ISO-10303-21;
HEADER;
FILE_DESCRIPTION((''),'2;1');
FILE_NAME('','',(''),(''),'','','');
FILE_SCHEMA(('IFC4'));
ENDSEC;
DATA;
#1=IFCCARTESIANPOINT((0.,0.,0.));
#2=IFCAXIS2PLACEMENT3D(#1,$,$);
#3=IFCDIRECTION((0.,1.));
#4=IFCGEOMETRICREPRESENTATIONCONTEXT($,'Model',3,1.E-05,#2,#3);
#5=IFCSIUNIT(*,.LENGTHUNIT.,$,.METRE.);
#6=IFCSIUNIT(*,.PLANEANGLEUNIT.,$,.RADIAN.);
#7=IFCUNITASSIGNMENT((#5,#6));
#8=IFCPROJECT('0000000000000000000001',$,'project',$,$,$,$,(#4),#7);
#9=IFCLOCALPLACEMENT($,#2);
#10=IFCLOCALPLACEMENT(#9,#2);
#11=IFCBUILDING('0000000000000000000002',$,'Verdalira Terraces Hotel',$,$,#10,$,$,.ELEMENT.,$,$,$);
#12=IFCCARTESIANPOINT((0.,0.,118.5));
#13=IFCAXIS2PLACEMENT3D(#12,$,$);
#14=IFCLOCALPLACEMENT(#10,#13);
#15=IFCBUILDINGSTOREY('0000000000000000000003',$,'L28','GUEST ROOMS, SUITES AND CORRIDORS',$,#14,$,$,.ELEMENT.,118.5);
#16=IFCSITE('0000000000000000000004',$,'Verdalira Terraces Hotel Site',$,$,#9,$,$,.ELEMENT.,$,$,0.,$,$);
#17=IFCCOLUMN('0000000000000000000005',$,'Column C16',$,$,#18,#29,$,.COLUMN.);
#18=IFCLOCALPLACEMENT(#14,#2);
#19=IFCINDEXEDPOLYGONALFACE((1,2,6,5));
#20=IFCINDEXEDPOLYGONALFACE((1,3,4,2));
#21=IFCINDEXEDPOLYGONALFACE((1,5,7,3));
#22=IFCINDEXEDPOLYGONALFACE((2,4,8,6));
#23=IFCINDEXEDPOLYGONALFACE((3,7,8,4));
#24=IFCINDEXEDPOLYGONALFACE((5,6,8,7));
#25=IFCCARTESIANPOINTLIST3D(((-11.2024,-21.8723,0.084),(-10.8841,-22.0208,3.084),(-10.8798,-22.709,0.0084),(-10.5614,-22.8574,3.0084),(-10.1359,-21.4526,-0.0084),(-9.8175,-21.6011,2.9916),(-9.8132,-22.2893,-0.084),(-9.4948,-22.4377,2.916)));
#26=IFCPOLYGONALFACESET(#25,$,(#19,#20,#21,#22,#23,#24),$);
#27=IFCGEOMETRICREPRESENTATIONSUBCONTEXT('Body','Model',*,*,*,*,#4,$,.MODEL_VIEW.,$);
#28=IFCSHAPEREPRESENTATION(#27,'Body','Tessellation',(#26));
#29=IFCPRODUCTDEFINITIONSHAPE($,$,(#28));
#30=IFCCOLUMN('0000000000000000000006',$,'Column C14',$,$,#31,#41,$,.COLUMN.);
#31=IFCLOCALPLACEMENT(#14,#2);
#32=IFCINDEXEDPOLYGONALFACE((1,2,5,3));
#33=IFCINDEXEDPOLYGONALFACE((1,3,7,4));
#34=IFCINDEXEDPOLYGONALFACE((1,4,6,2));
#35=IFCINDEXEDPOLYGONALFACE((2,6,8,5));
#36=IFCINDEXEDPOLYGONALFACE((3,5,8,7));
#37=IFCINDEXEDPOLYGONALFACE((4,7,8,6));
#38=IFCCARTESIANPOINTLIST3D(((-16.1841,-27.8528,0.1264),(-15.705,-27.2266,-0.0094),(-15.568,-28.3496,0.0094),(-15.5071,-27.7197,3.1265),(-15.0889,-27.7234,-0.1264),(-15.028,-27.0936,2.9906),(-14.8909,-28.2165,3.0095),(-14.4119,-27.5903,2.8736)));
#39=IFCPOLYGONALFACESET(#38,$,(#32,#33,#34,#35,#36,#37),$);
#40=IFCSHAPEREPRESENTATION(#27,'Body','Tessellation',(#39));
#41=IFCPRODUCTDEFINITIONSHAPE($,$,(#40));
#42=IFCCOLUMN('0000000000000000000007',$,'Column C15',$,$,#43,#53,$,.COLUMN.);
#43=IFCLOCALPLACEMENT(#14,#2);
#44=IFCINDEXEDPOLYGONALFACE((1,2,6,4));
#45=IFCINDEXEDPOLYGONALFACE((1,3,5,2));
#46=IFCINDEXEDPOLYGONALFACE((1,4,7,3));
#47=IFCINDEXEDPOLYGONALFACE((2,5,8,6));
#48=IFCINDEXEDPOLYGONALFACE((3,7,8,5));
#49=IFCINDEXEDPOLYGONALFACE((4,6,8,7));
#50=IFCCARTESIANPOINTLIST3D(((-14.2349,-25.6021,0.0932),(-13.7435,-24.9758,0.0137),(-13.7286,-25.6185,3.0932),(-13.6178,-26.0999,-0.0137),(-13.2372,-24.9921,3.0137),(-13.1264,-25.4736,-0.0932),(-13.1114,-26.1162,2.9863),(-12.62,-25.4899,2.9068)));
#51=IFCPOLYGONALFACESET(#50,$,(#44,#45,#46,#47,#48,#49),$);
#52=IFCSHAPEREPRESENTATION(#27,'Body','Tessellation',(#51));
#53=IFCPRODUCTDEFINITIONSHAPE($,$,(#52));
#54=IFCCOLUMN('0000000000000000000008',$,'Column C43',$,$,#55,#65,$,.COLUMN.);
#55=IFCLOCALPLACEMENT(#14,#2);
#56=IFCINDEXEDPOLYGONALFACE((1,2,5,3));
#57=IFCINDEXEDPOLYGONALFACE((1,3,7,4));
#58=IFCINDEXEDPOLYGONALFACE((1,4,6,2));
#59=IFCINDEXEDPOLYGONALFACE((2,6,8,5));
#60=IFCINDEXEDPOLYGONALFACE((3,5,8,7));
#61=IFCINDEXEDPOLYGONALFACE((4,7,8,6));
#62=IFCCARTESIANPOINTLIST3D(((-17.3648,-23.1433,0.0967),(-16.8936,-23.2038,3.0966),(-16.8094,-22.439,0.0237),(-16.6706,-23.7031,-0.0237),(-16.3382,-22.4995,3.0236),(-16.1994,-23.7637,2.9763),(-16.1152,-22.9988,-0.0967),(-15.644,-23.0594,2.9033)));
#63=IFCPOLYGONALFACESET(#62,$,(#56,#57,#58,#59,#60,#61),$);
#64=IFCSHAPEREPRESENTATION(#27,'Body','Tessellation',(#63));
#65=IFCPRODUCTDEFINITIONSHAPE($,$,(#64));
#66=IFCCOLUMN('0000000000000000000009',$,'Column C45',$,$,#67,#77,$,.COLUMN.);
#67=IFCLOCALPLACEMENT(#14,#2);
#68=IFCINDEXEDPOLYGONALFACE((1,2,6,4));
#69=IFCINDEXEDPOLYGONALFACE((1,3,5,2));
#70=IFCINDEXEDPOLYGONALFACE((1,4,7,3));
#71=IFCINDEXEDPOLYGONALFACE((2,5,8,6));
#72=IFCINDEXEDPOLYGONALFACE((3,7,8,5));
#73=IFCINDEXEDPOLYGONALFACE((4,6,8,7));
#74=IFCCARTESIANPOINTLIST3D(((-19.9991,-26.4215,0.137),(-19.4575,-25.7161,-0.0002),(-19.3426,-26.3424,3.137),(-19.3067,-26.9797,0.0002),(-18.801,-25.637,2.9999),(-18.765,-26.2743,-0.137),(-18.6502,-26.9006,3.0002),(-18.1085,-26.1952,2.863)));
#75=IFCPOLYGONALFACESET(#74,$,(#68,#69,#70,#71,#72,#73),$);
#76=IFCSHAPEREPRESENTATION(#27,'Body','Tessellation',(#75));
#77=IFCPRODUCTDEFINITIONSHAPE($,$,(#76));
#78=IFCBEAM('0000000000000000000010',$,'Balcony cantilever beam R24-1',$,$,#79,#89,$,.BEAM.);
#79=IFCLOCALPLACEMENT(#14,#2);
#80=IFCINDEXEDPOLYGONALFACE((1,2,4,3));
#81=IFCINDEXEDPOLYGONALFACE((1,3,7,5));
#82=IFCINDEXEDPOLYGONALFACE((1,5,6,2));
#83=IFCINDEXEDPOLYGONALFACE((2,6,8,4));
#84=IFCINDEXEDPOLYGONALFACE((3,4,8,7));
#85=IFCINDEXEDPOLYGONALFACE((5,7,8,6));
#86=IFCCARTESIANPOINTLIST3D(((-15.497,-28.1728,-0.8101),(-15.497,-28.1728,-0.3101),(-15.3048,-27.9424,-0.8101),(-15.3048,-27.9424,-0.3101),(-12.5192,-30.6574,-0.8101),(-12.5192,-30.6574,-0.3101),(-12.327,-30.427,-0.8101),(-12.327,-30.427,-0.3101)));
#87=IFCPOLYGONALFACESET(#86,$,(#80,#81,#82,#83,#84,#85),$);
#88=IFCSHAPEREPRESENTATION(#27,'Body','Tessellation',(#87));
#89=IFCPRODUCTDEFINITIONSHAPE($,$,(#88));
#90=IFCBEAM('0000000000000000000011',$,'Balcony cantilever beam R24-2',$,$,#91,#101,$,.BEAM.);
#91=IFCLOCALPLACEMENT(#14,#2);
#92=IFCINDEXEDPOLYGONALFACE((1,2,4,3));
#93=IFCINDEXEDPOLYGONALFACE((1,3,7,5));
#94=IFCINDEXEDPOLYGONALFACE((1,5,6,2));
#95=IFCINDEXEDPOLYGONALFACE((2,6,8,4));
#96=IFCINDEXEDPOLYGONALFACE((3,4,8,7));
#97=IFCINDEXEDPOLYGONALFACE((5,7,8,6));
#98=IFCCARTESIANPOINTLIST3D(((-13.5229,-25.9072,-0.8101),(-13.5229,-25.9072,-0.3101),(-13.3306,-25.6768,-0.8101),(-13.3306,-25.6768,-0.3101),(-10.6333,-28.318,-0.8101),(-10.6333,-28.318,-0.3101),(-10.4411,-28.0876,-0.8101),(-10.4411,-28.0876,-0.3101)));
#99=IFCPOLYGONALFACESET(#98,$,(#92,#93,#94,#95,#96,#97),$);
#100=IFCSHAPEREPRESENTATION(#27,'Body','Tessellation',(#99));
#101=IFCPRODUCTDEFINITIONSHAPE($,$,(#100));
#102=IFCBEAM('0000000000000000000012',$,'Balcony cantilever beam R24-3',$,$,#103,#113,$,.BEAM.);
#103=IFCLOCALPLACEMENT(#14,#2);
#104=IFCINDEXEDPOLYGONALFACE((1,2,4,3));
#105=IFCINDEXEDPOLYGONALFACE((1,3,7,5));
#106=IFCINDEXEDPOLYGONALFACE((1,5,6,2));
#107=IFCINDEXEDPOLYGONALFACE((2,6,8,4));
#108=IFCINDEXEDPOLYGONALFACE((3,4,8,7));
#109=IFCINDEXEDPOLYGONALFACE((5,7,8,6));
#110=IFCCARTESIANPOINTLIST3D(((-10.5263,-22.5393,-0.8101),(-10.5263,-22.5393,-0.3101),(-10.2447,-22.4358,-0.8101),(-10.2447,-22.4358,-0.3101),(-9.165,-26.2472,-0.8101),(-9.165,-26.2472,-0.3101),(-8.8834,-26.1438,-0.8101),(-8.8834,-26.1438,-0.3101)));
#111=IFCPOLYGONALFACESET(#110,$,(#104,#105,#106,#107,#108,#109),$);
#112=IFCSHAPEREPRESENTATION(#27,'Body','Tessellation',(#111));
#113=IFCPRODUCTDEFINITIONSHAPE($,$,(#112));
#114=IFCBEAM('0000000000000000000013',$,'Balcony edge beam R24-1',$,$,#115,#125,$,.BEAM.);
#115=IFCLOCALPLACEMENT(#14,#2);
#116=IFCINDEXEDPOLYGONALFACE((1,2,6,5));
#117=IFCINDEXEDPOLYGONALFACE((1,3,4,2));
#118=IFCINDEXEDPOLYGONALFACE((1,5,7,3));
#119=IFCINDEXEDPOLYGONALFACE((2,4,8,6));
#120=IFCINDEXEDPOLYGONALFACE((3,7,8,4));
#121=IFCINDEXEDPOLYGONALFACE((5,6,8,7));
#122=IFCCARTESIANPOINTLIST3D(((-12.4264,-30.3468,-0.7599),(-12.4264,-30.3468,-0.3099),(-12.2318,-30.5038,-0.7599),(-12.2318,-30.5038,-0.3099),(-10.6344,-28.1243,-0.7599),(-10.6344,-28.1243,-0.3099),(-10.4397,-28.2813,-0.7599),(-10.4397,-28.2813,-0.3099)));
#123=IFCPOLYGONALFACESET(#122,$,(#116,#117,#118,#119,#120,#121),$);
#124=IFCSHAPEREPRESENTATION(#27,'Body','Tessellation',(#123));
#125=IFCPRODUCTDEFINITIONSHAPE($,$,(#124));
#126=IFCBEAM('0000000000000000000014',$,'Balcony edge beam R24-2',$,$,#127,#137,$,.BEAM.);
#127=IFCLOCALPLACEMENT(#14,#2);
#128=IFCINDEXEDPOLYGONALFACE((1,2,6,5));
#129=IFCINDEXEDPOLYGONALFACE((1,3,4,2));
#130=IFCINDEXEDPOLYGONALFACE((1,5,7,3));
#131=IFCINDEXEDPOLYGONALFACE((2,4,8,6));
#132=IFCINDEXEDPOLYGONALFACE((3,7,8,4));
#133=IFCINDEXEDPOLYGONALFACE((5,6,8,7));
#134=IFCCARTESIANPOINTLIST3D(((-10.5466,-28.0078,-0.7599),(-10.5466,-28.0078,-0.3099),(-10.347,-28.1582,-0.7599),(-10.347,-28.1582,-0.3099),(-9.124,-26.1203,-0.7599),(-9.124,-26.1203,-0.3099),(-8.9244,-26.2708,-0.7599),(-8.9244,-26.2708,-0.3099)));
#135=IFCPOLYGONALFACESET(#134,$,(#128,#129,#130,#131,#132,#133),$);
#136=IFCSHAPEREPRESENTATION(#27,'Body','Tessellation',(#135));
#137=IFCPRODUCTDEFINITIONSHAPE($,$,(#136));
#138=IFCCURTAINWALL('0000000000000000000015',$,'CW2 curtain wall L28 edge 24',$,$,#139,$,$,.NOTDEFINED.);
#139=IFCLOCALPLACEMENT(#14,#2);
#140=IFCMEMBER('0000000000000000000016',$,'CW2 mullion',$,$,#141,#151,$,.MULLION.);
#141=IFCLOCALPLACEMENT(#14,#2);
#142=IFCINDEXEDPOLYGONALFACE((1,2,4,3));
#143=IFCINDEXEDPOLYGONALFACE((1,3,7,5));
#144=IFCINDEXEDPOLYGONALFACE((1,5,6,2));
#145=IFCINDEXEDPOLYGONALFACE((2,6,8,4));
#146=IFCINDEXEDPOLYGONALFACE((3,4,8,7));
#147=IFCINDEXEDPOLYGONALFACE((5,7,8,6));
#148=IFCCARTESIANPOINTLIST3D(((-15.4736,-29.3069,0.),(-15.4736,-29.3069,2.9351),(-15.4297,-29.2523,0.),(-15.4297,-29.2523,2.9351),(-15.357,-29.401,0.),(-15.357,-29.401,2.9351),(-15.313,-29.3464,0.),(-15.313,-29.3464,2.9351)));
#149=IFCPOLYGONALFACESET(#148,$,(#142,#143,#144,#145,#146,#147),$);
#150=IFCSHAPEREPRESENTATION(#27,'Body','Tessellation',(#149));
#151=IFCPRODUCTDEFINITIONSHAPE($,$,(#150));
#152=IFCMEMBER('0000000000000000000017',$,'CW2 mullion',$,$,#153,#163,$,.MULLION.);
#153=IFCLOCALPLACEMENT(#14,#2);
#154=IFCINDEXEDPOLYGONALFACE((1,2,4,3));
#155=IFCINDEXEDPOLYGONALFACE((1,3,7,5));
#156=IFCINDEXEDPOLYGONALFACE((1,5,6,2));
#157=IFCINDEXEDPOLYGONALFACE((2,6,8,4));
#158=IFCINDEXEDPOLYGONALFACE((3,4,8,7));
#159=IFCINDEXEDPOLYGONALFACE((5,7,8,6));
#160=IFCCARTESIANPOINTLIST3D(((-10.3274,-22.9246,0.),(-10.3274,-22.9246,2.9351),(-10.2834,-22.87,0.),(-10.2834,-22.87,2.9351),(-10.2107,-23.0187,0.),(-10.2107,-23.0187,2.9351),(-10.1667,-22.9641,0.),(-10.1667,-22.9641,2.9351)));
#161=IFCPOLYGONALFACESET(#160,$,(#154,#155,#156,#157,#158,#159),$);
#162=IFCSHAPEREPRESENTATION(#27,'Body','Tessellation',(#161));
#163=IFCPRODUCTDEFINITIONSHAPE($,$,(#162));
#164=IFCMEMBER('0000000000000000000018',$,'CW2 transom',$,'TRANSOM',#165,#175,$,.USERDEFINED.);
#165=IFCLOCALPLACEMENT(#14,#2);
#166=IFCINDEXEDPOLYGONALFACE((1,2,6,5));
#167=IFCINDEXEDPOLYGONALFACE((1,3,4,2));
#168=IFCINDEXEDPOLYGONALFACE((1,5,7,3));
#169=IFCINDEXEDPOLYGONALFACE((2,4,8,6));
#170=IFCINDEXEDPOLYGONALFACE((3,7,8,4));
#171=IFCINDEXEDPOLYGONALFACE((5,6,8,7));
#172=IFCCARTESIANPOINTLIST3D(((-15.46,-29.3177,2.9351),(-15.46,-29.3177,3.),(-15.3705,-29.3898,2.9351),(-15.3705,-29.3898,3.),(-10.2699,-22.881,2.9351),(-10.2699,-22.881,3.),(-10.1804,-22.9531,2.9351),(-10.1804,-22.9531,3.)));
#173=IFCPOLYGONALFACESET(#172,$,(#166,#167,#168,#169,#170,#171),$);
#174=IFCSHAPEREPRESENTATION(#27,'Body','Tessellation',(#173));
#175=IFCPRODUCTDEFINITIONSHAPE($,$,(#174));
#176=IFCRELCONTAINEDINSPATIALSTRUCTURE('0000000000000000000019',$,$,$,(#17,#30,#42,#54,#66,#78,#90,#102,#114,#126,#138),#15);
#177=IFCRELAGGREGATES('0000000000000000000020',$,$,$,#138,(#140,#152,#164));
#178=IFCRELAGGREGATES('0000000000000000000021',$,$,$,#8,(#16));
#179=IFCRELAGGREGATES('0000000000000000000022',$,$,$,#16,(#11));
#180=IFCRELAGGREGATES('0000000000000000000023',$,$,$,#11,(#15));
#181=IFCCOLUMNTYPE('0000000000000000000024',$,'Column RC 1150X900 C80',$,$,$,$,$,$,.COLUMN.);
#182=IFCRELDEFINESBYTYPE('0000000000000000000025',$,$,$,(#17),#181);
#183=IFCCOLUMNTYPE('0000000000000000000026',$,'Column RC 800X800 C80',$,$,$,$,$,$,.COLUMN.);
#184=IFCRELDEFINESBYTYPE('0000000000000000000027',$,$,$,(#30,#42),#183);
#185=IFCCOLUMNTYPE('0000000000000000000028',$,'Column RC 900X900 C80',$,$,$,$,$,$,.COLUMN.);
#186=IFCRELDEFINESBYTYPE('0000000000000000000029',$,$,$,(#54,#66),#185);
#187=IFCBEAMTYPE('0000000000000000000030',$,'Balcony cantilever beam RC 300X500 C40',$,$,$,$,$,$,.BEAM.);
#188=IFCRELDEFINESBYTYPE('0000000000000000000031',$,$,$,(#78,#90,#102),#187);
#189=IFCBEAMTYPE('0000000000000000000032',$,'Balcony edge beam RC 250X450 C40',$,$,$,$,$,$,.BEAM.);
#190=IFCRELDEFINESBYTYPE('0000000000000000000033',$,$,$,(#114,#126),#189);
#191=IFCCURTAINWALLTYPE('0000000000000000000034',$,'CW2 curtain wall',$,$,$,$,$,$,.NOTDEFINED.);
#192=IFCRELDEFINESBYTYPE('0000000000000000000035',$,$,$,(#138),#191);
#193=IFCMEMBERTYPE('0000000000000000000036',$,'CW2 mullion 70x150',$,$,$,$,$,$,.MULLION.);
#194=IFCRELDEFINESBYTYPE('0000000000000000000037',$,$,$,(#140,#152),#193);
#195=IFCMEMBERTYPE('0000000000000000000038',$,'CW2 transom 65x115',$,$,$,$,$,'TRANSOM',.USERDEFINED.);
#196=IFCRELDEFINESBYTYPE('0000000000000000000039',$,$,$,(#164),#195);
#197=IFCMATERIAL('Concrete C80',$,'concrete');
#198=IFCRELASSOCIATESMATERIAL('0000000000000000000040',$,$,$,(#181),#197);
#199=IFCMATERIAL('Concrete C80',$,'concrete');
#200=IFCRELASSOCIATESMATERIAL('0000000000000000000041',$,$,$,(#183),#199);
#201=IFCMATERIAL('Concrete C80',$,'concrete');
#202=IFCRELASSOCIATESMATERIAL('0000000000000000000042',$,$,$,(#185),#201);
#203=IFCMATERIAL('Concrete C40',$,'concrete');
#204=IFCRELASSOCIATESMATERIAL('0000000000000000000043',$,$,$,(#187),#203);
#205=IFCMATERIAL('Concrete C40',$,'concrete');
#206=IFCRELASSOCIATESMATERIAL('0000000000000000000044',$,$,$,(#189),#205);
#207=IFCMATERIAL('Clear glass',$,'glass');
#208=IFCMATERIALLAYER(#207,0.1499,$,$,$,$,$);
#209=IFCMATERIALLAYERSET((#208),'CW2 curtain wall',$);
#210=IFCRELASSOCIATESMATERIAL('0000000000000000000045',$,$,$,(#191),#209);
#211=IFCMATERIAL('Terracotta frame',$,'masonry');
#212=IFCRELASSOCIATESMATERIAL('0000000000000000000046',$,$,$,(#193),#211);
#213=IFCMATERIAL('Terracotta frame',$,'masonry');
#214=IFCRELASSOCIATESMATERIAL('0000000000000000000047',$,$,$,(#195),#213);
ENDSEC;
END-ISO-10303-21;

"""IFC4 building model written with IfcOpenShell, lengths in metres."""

from ifc_helpers import new_model, si_unit, direction, frame, origin, origin_2d, place, context, subcontext, project, spatial, rectangle, extrude, material, layer, layer_set, material_profile, profile_set, type_object, element, aggregate, save


model = new_model("IFC4")

# Units and contexts
model_context = context("Model", 3, precision=1e-05, world=origin(), true_north=direction((0.0, 1.0)))
body_context = subcontext(model_context, "Body", "Model", "MODEL_VIEW")
ifc_project = project(units=[si_unit("LENGTHUNIT", "METRE"), si_unit("PLANEANGLEUNIT", "RADIAN")], contexts=[model_context])

# Site, building, storey
site_placement = place(None, origin())
site = spatial("IfcSite", under=ifc_project, at=site_placement, Name="Verdalira Terraces Hotel Site", CompositionType="ELEMENT", RefElevation=0.0)
building_placement = place(site_placement, origin())
building = spatial("IfcBuilding", under=site, at=building_placement, Name="Verdalira Terraces Hotel", CompositionType="ELEMENT")
storey_placement = place(building_placement, frame((0.0, 0.0, 118.5)))
storey = spatial("IfcBuildingStorey", under=building, at=storey_placement, Name="L28", Description="GUEST ROOMS, SUITES AND CORRIDORS", CompositionType="ELEMENT", Elevation=118.5)

# Columns
ifc_material_1 = material(Name="Concrete C80", Category="concrete")
ifc_material_profile_1 = material_profile(ifc_material_1, rectangle(XDim=1.1499, YDim=0.8999, at=origin_2d()), Name="RC 1150X900")
ifc_profile_set_1 = profile_set([ifc_material_profile_1], Name="Concrete C80")
column_type_1 = type_object("IfcColumnType", Name="Column RC 1150X900 C80", PredefinedType="COLUMN", material=ifc_profile_set_1)
column_1_placement = place(storey_placement, frame((-10.5078, -22.0808, 0.0), z_axis=(0.1054, -0.049143, 0.993215), x_axis=(-0.92753, -0.365006, 0.080369)))
element("IfcColumn", 1, at=column_1_placement, inside=storey, type_object=column_type_1, Name="Column C16", PredefinedType="COLUMN", context=body_context, shape_type="SweptSolid", body=[
    extrude(rectangle(XDim=1.1499, YDim=0.8999, at=origin_2d()), origin(), (0.0, 0.0, 1.0), 3.0205),
])
ifc_material_2 = material(Name="Concrete C80", Category="concrete")
ifc_material_profile_2 = material_profile(ifc_material_2, rectangle(XDim=0.8, YDim=0.8, at=origin_2d()), Name="RC 800X800")
ifc_profile_set_2 = profile_set([ifc_material_profile_2], Name="Concrete C80")
column_type_2 = type_object("IfcColumnType", Name="Column RC 800X800 C80", PredefinedType="COLUMN", material=ifc_profile_set_2)
column_2_placement = place(storey_placement, frame((-15.6365, -27.7881, 0.0), z_axis=(0.219926, 0.043224, 0.974558), x_axis=(0.598816, 0.782669, -0.169846)))
element("IfcColumn", 2, at=column_2_placement, inside=storey, type_object=column_type_2, Name="Column C14", PredefinedType="COLUMN", context=body_context, shape_type="SweptSolid", body=[
    extrude(rectangle(XDim=0.8, YDim=0.8, at=origin_2d()), origin(), (0.0, 0.0, 1.0), 3.0784),
])
column_3_placement = place(storey_placement, frame((-13.6807, -25.5378, 0.0), z_axis=(0.166426, -0.005376, 0.986039), x_axis=(0.614223, 0.782847, -0.099402)))
element("IfcColumn", 3, at=column_3_placement, inside=storey, type_object=column_type_2, Name="Column C15", PredefinedType="COLUMN", context=body_context, shape_type="SweptSolid", body=[
    extrude(rectangle(XDim=0.8, YDim=0.8, at=origin_2d()), origin(), (0.0, 0.0, 1.0), 3.0425),
])
ifc_material_3 = material(Name="Concrete C80", Category="concrete")
ifc_material_profile_3 = material_profile(ifc_material_3, rectangle(XDim=0.8999, YDim=0.8999, at=origin_2d()), Name="RC 900X900")
ifc_profile_set_3 = profile_set([ifc_material_profile_3], Name="Concrete C80")
column_type_3 = type_object("IfcColumnType", Name="Column RC 900X900 C80", PredefinedType="COLUMN", material=ifc_profile_set_3)
column_4_placement = place(storey_placement, frame((-16.74, -23.071, 0.0), z_axis=(0.155131, -0.019934, 0.987693), x_axis=(-0.617151, -0.782651, 0.081136)))
element("IfcColumn", 4, at=column_4_placement, inside=storey, type_object=column_type_3, Name="Column C43", PredefinedType="COLUMN", context=body_context, shape_type="SweptSolid", body=[
    extrude(rectangle(XDim=0.8999, YDim=0.8999, at=origin_2d()), origin(), (0.0, 0.0, 1.0), 3.0374),
])
column_5_placement = place(storey_placement, frame((-19.3821, -26.3479, 0.0), z_axis=(0.213702, 0.025749, 0.97656), x_axis=(-0.601865, -0.783926, 0.152377)))
element("IfcColumn", 5, at=column_5_placement, inside=storey, type_object=column_type_3, Name="Column C45", PredefinedType="COLUMN", context=body_context, shape_type="SweptSolid", body=[
    extrude(rectangle(XDim=0.8999, YDim=0.8999, at=origin_2d()), origin(), (0.0, 0.0, 1.0), 3.072),
])

# Beams
ifc_material_4 = material(Name="Concrete C40", Category="concrete")
ifc_material_profile_4 = material_profile(ifc_material_4, rectangle(XDim=0.3, YDim=0.5, at=origin_2d()), Name="RC 300X500")
ifc_profile_set_4 = profile_set([ifc_material_profile_4], Name="Concrete C40")
beam_type_1 = type_object("IfcBeamType", Name="Balcony cantilever beam RC 300X500 C40", PredefinedType="BEAM", material=ifc_profile_set_4)
beam_1_placement = place(storey_placement, frame((-15.4009, -28.0576, -0.5601), z_axis=(0.767824, -0.640661, 0.0), x_axis=(0.640661, 0.767824, 0.0)))
element("IfcBeam", 6, at=beam_1_placement, inside=storey, type_object=beam_type_1, Name="Balcony cantilever beam R24-1", PredefinedType="BEAM", context=body_context, shape_type="SweptSolid", body=[
    extrude(rectangle(XDim=0.3, YDim=0.5, at=origin_2d()), origin(), (0.0, 0.0, 1.0), 3.8782),
])
beam_2_placement = place(storey_placement, frame((-13.4268, -25.792, -0.5601), z_axis=(0.767849, -0.640631, 0.0), x_axis=(0.640631, 0.767849, 0.0)))
element("IfcBeam", 7, at=beam_2_placement, inside=storey, type_object=beam_type_1, Name="Balcony cantilever beam R24-2", PredefinedType="BEAM", context=body_context, shape_type="SweptSolid", body=[
    extrude(rectangle(XDim=0.3, YDim=0.5, at=origin_2d()), origin(), (0.0, 0.0, 1.0), 3.7632),
])
beam_3_placement = place(storey_placement, frame((-10.3855, -22.4875, -0.5601), z_axis=(0.34464, -0.938735, 0.0), x_axis=(0.938735, 0.34464, 0.0)))
element("IfcBeam", 8, at=beam_3_placement, inside=storey, type_object=beam_type_1, Name="Balcony cantilever beam R24-3", PredefinedType="BEAM", context=body_context, shape_type="SweptSolid", body=[
    extrude(rectangle(XDim=0.3, YDim=0.5, at=origin_2d()), origin(), (0.0, 0.0, 1.0), 3.95),
])
ifc_material_5 = material(Name="Concrete C40", Category="concrete")
ifc_material_profile_5 = material_profile(ifc_material_5, rectangle(XDim=0.25, YDim=0.45, at=origin_2d()), Name="RC 250X450")
ifc_profile_set_5 = profile_set([ifc_material_profile_5], Name="Concrete C40")
beam_type_2 = type_object("IfcBeamType", Name="Balcony edge beam RC 250X450 C40", PredefinedType="BEAM", material=ifc_profile_set_5)
beam_4_placement = place(storey_placement, frame((-12.3291, -30.4253, -0.5349), z_axis=(0.627694, 0.77846, 0.0), x_axis=(-0.77846, 0.627694, 0.0)))
element("IfcBeam", 9, at=beam_4_placement, inside=storey, type_object=beam_type_2, Name="Balcony edge beam R24-1", PredefinedType="BEAM", context=body_context, shape_type="SweptSolid", body=[
    extrude(rectangle(XDim=0.25, YDim=0.45, at=origin_2d()), origin(), (0.0, 0.0, 1.0), 2.855),
])
beam_5_placement = place(storey_placement, frame((-10.4468, -28.083, -0.5349), z_axis=(0.601899, 0.798572, 0.0), x_axis=(-0.798572, 0.601899, 0.0)))
element("IfcBeam", 10, at=beam_5_placement, inside=storey, type_object=beam_type_2, Name="Balcony edge beam R24-2", PredefinedType="BEAM", context=body_context, shape_type="SweptSolid", body=[
    extrude(rectangle(XDim=0.25, YDim=0.45, at=origin_2d()), origin(), (0.0, 0.0, 1.0), 2.3635),
])

# Curtain wall, members
ifc_material_6 = material(Name="Clear glass", Category="glass")
ifc_layer_1 = layer(ifc_material_6, 0.1499)
ifc_layer_set_1 = layer_set([ifc_layer_1], Name="CW2 curtain wall")
curtain_wall_type = type_object("IfcCurtainWallType", Name="CW2 curtain wall", PredefinedType="NOTDEFINED", material=ifc_layer_set_1)
curtain_wall_placement = place(storey_placement, origin())
curtain_wall = element("IfcCurtainWall", 11, at=curtain_wall_placement, inside=storey, type_object=curtain_wall_type, Name="CW2 curtain wall L28 edge 24", PredefinedType="NOTDEFINED")
ifc_material_7 = material(Name="Terracotta frame", Category="masonry")
ifc_material_profile_6 = material_profile(ifc_material_7, rectangle(XDim=0.0701, YDim=0.1499, at=origin_2d()), Name="MU 70x150")
ifc_profile_set_6 = profile_set([ifc_material_profile_6], Name="Terracotta frame")
member_type_1 = type_object("IfcMemberType", Name="CW2 mullion 70x150", PredefinedType="MULLION", material=ifc_profile_set_6)
member_1_placement = place(storey_placement, frame((-15.3933, -29.3267, 0.0), z_axis=(0.0, 0.0, 1.0), x_axis=(0.627691, 0.778462, 0.0)))
member_1 = element("IfcMember", 12, at=member_1_placement, type_object=member_type_1, Name="CW2 mullion", PredefinedType="MULLION", context=body_context, shape_type="SweptSolid", body=[
    extrude(rectangle(XDim=0.0701, YDim=0.1499, at=origin_2d()), origin(), (0.0, 0.0, 1.0), 2.9351),
])
member_2_placement = place(storey_placement, frame((-10.2471, -22.9443, 0.0), z_axis=(0.0, 0.0, 1.0), x_axis=(0.627691, 0.778462, 0.0)))
member_2 = element("IfcMember", 13, at=member_2_placement, type_object=member_type_1, Name="CW2 mullion", PredefinedType="MULLION", context=body_context, shape_type="SweptSolid", body=[
    extrude(rectangle(XDim=0.0701, YDim=0.1499, at=origin_2d()), origin(), (0.0, 0.0, 1.0), 2.9351),
])
ifc_material_8 = material(Name="Terracotta frame", Category="masonry")
ifc_material_profile_7 = material_profile(ifc_material_8, rectangle(XDim=0.115, YDim=0.0649, at=origin_2d()), Name="TR 65x115")
ifc_profile_set_7 = profile_set([ifc_material_profile_7], Name="Terracotta frame")
member_type_2 = type_object("IfcMemberType", Name="CW2 transom 65x115", ElementType="TRANSOM", PredefinedType="USERDEFINED", material=ifc_profile_set_7)
member_3_placement = place(storey_placement, frame((-15.4153, -29.3538, 2.9675), z_axis=(0.627697, 0.778458, 0.0), x_axis=(-0.778458, 0.627697, 0.0)))
member_3 = element("IfcMember", 14, at=member_3_placement, type_object=member_type_2, Name="CW2 transom", ObjectType="TRANSOM", PredefinedType="USERDEFINED", context=body_context, shape_type="SweptSolid", body=[
    extrude(rectangle(XDim=0.115, YDim=0.0649, at=origin_2d()), origin(), (0.0, 0.0, 1.0), 8.2686),
])

aggregate(curtain_wall, [member_1, member_2, member_3])

save(model, "model.ifc")
